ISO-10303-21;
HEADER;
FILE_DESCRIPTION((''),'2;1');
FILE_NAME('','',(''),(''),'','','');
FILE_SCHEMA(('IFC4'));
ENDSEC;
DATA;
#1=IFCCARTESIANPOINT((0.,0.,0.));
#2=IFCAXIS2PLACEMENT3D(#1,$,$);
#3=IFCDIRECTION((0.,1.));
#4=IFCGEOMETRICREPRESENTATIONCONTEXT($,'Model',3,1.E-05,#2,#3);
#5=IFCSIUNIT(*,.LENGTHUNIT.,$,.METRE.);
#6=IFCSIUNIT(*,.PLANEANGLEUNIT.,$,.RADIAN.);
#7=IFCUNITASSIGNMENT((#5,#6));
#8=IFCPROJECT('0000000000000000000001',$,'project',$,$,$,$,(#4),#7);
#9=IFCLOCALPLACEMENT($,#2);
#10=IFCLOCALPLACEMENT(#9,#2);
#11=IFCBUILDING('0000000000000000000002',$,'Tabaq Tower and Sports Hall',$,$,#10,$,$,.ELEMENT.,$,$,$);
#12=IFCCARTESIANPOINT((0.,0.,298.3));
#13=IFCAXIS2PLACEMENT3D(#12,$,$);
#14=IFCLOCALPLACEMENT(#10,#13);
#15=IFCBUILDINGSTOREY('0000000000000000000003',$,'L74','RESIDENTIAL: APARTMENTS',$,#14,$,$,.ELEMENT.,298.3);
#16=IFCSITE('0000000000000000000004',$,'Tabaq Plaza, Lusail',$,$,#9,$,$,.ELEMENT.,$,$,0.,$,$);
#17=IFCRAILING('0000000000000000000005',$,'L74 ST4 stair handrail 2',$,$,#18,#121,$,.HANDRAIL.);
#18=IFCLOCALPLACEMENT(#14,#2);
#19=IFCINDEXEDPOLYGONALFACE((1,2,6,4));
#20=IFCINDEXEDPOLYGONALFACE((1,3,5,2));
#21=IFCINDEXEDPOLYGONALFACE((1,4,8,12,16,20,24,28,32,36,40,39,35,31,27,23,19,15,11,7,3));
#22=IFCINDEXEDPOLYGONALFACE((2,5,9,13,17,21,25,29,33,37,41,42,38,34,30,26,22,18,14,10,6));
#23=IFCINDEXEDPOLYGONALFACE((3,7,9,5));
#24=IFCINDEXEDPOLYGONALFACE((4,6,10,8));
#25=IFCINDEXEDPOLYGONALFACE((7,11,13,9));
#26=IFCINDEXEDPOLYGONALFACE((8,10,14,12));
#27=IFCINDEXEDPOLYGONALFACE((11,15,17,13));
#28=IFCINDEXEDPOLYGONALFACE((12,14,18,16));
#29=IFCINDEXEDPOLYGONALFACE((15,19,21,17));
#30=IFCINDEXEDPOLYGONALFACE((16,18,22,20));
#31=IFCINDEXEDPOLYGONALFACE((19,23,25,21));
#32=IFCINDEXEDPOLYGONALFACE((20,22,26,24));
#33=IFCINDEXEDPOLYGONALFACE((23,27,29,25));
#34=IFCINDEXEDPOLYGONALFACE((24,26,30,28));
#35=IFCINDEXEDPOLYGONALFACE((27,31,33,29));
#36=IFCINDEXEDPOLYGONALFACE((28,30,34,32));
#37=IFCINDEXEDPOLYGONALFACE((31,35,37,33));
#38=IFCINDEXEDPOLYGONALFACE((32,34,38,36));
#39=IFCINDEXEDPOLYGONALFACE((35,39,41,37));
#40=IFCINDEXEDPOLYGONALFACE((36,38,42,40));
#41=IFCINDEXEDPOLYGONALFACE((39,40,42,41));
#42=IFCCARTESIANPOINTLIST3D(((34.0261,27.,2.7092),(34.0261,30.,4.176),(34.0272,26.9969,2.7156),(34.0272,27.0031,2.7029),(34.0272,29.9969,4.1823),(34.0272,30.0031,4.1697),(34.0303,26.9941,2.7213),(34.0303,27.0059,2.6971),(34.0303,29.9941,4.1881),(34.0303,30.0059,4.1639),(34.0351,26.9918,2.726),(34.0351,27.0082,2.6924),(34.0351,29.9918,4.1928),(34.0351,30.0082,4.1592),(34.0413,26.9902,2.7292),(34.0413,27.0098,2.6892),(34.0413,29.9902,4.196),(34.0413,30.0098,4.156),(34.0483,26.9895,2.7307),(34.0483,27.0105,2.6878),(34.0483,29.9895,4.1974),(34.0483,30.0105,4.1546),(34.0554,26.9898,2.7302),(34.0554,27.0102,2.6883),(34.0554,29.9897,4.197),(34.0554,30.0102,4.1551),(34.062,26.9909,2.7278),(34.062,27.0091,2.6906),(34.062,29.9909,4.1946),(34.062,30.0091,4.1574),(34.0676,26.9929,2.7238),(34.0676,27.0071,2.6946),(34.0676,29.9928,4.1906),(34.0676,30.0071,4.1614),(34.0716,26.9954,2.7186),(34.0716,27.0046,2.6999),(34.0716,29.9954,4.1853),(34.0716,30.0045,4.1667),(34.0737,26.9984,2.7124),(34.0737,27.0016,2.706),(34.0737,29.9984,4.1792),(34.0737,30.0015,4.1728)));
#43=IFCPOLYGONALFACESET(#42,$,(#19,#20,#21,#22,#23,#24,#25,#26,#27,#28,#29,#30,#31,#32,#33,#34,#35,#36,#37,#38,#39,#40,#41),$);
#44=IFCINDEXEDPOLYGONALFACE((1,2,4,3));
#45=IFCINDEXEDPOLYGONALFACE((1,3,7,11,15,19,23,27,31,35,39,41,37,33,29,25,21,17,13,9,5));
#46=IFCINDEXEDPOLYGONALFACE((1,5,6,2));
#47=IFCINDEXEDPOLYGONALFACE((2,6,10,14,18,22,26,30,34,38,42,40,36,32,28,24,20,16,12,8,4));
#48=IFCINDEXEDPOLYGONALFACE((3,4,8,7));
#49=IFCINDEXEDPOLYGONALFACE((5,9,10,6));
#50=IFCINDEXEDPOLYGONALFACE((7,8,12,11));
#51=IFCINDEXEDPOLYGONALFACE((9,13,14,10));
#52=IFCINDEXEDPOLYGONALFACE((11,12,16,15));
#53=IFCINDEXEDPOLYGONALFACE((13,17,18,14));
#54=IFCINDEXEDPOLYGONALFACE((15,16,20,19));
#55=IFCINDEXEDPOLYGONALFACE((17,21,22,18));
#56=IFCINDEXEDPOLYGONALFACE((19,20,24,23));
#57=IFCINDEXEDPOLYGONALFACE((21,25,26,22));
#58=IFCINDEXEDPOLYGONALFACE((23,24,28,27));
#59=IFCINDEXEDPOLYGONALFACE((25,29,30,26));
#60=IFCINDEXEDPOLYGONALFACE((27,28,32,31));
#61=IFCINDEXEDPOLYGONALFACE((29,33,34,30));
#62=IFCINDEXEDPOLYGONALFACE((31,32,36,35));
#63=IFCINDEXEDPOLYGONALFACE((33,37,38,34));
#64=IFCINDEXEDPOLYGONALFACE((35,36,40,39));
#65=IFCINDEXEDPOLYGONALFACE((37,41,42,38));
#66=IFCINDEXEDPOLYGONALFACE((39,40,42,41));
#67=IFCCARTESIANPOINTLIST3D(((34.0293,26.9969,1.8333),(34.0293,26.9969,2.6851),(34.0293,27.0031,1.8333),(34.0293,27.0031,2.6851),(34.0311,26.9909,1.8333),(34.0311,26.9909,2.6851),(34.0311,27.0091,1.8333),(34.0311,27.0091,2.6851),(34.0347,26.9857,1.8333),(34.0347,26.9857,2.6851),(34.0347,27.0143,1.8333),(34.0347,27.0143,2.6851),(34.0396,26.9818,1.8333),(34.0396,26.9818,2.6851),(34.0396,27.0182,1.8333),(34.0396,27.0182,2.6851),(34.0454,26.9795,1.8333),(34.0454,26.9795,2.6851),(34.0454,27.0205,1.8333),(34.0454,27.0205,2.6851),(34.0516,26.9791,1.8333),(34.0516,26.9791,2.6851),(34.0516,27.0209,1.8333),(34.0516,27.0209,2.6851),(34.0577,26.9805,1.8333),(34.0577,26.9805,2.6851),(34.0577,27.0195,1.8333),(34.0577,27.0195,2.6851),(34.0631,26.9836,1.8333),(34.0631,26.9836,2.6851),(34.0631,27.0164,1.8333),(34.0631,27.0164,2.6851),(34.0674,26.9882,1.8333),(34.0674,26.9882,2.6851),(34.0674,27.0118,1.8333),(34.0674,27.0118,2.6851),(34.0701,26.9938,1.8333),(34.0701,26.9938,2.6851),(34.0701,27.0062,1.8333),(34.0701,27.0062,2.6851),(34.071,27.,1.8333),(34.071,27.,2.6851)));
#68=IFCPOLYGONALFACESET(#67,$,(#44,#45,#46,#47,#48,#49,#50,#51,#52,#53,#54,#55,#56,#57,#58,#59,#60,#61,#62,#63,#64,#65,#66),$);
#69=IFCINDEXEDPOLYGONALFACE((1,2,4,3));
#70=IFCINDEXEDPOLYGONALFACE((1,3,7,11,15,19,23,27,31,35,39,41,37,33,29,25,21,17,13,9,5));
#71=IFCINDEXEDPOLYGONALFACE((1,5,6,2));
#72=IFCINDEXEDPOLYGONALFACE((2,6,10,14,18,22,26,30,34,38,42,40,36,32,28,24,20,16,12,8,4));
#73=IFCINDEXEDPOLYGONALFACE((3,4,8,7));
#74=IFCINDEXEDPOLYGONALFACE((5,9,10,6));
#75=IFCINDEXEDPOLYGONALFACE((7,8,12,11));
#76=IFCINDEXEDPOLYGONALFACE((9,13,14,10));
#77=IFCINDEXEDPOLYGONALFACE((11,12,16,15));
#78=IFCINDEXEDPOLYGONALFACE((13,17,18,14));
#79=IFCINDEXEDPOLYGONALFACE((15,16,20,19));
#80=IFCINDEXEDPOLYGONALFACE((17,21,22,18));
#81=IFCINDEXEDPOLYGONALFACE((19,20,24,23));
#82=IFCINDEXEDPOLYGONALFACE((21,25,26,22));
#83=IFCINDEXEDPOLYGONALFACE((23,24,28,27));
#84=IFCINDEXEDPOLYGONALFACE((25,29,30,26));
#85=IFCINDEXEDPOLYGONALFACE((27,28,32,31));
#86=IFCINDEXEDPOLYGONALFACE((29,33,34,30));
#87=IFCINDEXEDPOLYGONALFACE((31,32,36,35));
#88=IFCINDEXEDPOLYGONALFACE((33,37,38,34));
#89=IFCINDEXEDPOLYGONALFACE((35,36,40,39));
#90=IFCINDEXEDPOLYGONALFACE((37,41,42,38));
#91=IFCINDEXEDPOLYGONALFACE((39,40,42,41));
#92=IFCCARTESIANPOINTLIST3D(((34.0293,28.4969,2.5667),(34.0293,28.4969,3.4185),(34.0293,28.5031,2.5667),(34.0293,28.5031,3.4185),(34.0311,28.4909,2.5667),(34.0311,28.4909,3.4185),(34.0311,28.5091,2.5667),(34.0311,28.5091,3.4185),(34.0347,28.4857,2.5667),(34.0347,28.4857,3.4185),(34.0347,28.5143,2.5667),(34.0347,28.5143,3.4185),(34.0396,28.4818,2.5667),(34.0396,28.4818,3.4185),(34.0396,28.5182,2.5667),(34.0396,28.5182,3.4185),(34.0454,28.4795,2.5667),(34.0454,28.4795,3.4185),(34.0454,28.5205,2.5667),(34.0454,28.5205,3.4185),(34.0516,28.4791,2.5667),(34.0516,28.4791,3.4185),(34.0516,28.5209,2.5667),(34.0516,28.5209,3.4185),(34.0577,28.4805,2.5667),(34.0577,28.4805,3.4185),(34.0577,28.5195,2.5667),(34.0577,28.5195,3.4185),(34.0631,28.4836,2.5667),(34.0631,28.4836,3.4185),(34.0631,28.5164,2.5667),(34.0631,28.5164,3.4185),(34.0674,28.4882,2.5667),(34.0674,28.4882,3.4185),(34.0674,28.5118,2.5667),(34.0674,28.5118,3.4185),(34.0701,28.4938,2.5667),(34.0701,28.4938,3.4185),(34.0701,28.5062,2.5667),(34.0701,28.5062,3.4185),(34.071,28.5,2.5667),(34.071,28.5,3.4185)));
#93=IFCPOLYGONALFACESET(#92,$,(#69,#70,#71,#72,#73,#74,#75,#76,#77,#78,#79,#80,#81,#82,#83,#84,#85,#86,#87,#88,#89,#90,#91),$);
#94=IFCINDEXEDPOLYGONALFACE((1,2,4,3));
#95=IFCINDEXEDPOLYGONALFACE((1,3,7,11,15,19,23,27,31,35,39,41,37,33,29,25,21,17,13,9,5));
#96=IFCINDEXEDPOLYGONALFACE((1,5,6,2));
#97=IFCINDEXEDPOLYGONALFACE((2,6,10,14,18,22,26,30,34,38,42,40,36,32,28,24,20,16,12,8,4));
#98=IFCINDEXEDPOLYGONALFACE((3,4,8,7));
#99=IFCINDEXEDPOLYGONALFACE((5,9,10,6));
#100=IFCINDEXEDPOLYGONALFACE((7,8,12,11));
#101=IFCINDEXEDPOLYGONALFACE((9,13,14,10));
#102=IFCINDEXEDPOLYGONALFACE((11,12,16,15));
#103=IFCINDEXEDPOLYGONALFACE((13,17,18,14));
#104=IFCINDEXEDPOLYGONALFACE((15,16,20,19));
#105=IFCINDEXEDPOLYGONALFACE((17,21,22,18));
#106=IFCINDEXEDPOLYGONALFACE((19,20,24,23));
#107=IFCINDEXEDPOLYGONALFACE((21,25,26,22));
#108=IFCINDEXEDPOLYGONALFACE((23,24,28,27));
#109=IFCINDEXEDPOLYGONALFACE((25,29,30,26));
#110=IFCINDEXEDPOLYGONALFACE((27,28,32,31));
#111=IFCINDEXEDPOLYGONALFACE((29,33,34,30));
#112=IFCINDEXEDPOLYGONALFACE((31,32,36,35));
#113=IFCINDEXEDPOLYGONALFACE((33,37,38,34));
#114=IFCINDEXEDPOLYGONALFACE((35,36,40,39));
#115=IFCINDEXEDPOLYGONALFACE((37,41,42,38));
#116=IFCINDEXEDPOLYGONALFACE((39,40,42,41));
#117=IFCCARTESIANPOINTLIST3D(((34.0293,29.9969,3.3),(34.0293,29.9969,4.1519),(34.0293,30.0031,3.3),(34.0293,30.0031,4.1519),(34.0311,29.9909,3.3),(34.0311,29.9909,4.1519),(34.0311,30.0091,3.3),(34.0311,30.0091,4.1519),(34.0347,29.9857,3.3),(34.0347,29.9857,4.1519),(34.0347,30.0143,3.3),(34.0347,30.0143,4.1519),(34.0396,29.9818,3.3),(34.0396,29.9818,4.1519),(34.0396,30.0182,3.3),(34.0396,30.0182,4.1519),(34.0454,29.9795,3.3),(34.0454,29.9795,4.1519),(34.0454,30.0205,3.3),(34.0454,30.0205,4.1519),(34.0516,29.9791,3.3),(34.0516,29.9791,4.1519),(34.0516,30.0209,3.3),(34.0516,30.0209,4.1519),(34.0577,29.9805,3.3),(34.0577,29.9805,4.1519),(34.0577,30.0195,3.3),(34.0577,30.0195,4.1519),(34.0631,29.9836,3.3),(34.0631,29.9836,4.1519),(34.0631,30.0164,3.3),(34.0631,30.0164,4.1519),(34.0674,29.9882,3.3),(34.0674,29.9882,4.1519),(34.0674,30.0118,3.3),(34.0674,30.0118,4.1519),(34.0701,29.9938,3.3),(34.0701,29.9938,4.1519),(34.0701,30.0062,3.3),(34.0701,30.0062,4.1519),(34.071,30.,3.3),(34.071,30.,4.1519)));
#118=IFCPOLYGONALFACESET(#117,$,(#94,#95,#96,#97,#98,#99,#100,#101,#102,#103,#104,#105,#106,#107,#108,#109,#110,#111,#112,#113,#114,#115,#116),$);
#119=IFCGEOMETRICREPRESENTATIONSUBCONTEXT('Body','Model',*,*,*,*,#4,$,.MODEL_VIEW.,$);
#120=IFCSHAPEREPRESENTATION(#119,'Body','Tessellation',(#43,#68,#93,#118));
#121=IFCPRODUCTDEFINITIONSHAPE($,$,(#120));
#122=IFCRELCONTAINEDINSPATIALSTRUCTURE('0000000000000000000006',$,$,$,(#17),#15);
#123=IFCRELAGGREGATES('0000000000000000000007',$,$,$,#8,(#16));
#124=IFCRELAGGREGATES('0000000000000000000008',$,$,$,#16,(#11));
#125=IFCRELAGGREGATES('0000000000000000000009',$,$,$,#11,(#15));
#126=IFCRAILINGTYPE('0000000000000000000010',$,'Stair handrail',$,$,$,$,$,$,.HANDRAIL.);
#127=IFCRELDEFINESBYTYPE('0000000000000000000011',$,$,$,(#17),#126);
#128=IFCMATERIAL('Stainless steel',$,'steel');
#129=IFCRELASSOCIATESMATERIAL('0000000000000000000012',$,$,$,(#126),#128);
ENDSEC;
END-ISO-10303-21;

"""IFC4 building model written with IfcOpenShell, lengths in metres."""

from ifc_helpers import new_model, si_unit, direction, frame, origin, origin_2d, place, context, subcontext, project, spatial, circle, extrude, material, type_object, element, save


model = new_model("IFC4")

# Units and contexts
model_context = context("Model", 3, precision=1e-05, world=origin(), true_north=direction((0.0, 1.0)))
body_context = subcontext(model_context, "Body", "Model", "MODEL_VIEW")
ifc_project = project(units=[si_unit("LENGTHUNIT", "METRE"), si_unit("PLANEANGLEUNIT", "RADIAN")], contexts=[model_context])

# Site, building, storey
site_placement = place(None, origin())
site = spatial("IfcSite", under=ifc_project, at=site_placement, Name="Tabaq Plaza, Lusail", CompositionType="ELEMENT", RefElevation=0.0)
building_placement = place(site_placement, origin())
building = spatial("IfcBuilding", under=site, at=building_placement, Name="Tabaq Tower and Sports Hall", CompositionType="ELEMENT")
storey_placement = place(building_placement, frame((0.0, 0.0, 298.3)))
storey = spatial("IfcBuildingStorey", under=building, at=storey_placement, Name="L74", Description="RESIDENTIAL: APARTMENTS", CompositionType="ELEMENT", Elevation=298.3)

# Railing
ifc_material_1 = material(Name="Stainless steel", Category="steel")
railing_type = type_object("IfcRailingType", Name="Stair handrail", PredefinedType="HANDRAIL", material=ifc_material_1)
railing_1_placement = place(storey_placement, frame((34.05, 27.0, 1.8333)))
element("IfcRailing", 1, at=railing_1_placement, inside=storey, type_object=railing_type, Name="L74 ST4 stair handrail 2", PredefinedType="HANDRAIL", context=body_context, shape_type="SweptSolid", body=[
    extrude(circle(Radius=0.0239, at=origin_2d()), frame((0.0, 0.0, 0.876), z_axis=(0.0, 0.898369, 0.439242), x_axis=(-1.0, 0.0, 0.0)), (0.0, 0.0, 1.0), 3.3394),
    extrude(circle(Radius=0.021, at=origin_2d()), origin(), (0.0, 0.0, 1.0), 0.8518),
    extrude(circle(Radius=0.021, at=origin_2d()), frame((0.0, 1.5, 0.7334)), (0.0, 0.0, 1.0), 0.8518),
    extrude(circle(Radius=0.021, at=origin_2d()), frame((0.0, 3.0, 1.4668)), (0.0, 0.0, 1.0), 0.8518),
])

save(model, "model.ifc")
